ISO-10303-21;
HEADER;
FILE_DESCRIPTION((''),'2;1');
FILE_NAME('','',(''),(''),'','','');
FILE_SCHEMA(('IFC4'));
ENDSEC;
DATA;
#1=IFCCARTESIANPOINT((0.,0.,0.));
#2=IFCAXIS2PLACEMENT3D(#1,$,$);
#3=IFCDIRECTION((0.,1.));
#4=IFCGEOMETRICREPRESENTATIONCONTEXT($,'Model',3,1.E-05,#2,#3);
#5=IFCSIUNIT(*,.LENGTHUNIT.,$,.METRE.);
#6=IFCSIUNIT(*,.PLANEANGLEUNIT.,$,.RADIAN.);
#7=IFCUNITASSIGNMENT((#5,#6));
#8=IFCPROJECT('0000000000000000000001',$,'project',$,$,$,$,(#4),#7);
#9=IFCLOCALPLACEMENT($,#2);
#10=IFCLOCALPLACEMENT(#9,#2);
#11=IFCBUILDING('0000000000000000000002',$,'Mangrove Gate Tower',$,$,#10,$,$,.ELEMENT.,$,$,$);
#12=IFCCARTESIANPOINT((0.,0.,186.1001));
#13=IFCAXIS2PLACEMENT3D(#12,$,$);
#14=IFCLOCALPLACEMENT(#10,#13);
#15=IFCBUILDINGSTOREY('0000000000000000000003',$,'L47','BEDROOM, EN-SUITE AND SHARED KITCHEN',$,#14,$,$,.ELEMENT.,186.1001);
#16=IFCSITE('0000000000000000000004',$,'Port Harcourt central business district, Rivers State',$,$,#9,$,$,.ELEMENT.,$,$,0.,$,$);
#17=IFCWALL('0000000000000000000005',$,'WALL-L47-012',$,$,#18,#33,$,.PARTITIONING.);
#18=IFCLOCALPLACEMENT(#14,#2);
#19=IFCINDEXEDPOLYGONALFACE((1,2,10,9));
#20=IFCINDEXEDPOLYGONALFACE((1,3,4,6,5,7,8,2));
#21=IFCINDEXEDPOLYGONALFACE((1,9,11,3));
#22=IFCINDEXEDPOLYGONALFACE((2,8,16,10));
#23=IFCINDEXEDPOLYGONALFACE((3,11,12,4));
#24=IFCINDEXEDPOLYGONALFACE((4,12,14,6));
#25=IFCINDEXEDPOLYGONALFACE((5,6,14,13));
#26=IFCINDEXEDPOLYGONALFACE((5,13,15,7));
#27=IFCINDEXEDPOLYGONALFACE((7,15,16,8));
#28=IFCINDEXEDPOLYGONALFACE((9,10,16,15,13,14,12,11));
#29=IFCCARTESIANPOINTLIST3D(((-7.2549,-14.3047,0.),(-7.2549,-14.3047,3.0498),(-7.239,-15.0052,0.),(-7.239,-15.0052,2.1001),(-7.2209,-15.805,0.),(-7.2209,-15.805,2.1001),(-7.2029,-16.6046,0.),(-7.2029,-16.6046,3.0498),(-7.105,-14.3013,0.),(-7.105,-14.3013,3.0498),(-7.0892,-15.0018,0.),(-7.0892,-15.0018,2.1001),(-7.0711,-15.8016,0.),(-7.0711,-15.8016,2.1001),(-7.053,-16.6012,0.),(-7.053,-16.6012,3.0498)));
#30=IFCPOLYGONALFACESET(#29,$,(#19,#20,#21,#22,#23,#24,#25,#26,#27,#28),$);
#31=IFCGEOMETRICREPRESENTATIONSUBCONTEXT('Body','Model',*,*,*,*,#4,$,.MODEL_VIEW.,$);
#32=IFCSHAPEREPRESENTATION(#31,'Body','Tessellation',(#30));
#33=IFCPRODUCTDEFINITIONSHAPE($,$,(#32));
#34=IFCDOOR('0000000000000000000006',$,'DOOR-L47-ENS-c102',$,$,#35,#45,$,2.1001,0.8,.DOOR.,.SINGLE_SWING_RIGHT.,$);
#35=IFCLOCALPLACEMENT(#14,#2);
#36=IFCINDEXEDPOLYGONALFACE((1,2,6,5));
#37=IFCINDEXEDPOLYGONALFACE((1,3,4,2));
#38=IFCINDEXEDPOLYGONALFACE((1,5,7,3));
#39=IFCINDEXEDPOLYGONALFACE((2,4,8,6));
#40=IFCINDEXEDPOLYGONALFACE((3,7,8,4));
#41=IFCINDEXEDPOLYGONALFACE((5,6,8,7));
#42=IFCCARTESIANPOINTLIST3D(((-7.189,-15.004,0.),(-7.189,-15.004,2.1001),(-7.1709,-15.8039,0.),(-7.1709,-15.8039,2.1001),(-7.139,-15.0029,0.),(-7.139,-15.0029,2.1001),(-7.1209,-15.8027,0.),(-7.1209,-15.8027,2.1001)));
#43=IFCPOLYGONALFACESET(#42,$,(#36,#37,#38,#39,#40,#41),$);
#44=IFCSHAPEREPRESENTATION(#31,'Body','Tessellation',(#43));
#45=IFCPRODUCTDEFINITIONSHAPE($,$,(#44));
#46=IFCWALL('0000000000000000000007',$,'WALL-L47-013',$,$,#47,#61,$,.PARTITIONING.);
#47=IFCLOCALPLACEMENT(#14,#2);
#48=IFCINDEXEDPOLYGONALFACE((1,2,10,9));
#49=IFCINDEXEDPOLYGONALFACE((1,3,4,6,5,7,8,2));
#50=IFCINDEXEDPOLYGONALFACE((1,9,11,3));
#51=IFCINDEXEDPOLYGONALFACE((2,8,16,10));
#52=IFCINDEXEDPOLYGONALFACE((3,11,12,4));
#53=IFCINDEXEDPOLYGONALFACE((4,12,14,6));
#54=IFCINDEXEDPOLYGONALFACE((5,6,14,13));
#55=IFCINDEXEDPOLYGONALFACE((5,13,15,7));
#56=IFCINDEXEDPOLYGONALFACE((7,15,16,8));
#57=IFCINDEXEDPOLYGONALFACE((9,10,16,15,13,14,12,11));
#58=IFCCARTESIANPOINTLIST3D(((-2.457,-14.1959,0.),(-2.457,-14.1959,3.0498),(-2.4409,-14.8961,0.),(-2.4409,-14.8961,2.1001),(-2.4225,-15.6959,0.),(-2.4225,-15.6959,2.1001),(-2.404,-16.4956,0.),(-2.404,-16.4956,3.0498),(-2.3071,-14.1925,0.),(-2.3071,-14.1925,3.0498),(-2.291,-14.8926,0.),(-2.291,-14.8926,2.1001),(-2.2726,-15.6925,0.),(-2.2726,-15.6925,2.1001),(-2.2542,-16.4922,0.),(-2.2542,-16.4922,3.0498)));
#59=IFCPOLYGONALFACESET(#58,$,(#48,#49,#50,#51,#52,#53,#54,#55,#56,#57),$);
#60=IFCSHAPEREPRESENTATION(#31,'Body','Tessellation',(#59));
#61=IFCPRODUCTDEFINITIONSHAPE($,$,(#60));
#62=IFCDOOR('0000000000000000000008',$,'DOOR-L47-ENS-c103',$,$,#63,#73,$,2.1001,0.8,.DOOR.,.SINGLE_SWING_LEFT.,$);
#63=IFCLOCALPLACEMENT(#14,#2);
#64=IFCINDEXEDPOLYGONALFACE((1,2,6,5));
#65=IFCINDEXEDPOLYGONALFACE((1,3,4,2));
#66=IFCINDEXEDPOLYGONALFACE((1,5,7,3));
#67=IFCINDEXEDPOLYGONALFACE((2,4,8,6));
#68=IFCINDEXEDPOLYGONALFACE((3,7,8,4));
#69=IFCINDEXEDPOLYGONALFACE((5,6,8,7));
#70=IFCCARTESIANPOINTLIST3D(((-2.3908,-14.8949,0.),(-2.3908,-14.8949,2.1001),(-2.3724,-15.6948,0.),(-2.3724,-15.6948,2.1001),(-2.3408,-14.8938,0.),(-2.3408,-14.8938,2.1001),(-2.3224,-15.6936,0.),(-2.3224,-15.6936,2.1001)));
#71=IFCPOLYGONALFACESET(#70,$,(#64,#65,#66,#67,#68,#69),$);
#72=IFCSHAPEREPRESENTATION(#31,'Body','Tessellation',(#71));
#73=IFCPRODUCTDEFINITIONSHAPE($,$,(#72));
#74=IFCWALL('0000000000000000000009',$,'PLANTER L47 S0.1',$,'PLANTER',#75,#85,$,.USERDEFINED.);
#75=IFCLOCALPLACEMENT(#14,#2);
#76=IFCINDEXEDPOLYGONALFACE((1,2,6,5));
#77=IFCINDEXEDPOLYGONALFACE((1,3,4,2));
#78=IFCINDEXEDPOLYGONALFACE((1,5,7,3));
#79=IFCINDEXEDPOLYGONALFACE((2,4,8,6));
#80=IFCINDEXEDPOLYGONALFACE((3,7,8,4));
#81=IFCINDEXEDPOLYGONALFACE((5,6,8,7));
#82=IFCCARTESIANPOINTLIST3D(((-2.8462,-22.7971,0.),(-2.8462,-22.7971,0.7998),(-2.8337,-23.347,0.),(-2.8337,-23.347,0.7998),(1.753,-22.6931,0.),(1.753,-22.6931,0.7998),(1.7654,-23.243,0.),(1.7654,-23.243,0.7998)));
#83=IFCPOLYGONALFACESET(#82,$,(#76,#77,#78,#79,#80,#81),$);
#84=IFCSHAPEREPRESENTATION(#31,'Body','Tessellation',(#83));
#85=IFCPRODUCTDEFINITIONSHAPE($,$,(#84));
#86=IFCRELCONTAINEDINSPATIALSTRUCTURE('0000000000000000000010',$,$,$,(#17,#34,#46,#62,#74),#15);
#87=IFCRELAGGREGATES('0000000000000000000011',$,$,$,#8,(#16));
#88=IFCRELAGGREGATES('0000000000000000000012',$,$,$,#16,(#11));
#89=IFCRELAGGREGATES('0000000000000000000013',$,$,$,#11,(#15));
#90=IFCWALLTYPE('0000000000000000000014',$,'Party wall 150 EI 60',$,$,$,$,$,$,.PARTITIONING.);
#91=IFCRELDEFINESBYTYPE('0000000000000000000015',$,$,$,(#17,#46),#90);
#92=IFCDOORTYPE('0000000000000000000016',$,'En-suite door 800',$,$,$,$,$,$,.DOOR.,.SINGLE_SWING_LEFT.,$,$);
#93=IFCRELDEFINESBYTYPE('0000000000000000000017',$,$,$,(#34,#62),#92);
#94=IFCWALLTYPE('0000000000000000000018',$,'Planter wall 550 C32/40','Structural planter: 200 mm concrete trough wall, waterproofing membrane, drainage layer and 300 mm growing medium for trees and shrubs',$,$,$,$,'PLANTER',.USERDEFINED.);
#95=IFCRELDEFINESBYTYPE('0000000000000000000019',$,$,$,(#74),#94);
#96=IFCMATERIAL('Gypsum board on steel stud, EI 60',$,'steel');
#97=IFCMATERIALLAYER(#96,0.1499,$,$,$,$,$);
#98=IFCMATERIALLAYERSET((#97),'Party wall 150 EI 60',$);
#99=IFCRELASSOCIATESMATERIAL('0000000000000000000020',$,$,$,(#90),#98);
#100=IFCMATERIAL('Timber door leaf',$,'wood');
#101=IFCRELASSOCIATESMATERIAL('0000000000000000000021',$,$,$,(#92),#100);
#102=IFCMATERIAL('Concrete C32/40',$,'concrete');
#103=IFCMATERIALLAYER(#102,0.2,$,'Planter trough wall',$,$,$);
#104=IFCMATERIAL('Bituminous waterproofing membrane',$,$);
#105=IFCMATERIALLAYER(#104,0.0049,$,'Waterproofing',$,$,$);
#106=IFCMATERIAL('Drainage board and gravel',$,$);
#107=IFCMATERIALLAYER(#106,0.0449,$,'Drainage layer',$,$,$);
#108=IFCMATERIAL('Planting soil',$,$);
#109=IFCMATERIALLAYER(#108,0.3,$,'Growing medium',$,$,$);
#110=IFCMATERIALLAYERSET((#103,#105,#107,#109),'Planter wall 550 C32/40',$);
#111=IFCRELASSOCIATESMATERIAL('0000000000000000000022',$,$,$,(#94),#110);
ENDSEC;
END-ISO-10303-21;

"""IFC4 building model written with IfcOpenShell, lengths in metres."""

from ifc_helpers import new_model, si_unit, direction, frame, frame_2d, origin, place, context, subcontext, project, spatial, rectangle, extrude, material, layer, layer_set, type_object, element, fill, save


model = new_model("IFC4")

# Units and contexts
model_context = context("Model", 3, precision=1e-05, world=origin(), true_north=direction((0.0, 1.0)))
body_context = subcontext(model_context, "Body", "Model", "MODEL_VIEW")
ifc_project = project(units=[si_unit("LENGTHUNIT", "METRE"), si_unit("PLANEANGLEUNIT", "RADIAN")], contexts=[model_context])

# Site, building, storey
site_placement = place(None, origin())
site = spatial("IfcSite", under=ifc_project, at=site_placement, Name="Port Harcourt central business district, Rivers State", CompositionType="ELEMENT", RefElevation=0.0)
building_placement = place(site_placement, origin())
building = spatial("IfcBuilding", under=site, at=building_placement, Name="Mangrove Gate Tower", CompositionType="ELEMENT")
storey_placement = place(building_placement, frame((0.0, 0.0, 186.1001)))
storey = spatial("IfcBuildingStorey", under=building, at=storey_placement, Name="L47", Description="BEDROOM, EN-SUITE AND SHARED KITCHEN", CompositionType="ELEMENT", Elevation=186.1001)

# Shared definitions
ifc_material_1 = material(Name="Gypsum board on steel stud, EI 60", Category="steel")
ifc_layer_1 = layer(ifc_material_1, 0.1499)
ifc_layer_set_1 = layer_set([ifc_layer_1], Name="Party wall 150 EI 60")
wall_type_1 = type_object("IfcWallType", Name="Party wall 150 EI 60", PredefinedType="PARTITIONING", material=ifc_layer_set_1)

# Shared definitions
ifc_material_2 = material(Name="Timber door leaf", Category="wood")
door_type = type_object("IfcDoorType", Name="En-suite door 800", OperationType="SINGLE_SWING_LEFT", PredefinedType="DOOR", material=ifc_material_2)

# Walls, openings, doors
wall_1_placement = place(storey_placement, frame((-7.1279, -16.603, 0.0), z_axis=(0.0, 0.0, 1.0), x_axis=(-0.022603, 0.999745, 0.0)))
wall_1 = element("IfcWall", 1, at=wall_1_placement, inside=storey, type_object=wall_type_1, Name="WALL-L47-012", PredefinedType="PARTITIONING", context=body_context, shape_type="SweptSolid", body=[
    extrude(rectangle(XDim=2.3005, YDim=0.1499, at=frame_2d((1.1504, 0.0))), origin(), (0.0, 0.0, 1.0), 3.0498),
])
opening_1_placement = place(wall_1_placement, frame((0.8, 0.0, 0.0)))
opening_1 = element("IfcOpeningElement", 2, at=opening_1_placement, cuts=wall_1, PredefinedType="OPENING", context=body_context, shape_type="SweptSolid", body=[
    extrude(rectangle(XDim=0.8, YDim=2.1001, at=frame_2d((0.3999, 1.05))), frame((0.0, 0.085, 0.0), z_axis=(0.0, -1.0, 0.0), x_axis=(1.0, 0.0, 0.0)), (0.0, 0.0, 1.0), 0.1699),
])
door_1_placement = place(opening_1_placement, origin())
door_1 = element("IfcDoor", 3, at=door_1_placement, inside=storey, type_object=door_type, Name="DOOR-L47-ENS-c102", OperationType="SINGLE_SWING_RIGHT", OverallHeight=2.1001, OverallWidth=0.8, PredefinedType="DOOR", context=body_context, shape_type="SweptSolid", body=[
    extrude(rectangle(XDim=0.8, YDim=2.1001, at=frame_2d((0.3999, 1.05))), frame((0.0, 0.0249, 0.0), z_axis=(0.0, -1.0, 0.0), x_axis=(1.0, 0.0, 0.0)), (0.0, 0.0, 1.0), 0.05),
])
fill(opening_1, door_1)
wall_2_placement = place(storey_placement, frame((-2.3291, -16.4939, 0.0), z_axis=(0.0, 0.0, 1.0), x_axis=(-0.02303, 0.999735, 0.0)))
wall_2 = element("IfcWall", 4, at=wall_2_placement, inside=storey, type_object=wall_type_1, Name="WALL-L47-013", PredefinedType="PARTITIONING", context=body_context, shape_type="SweptSolid", body=[
    extrude(rectangle(XDim=2.3003, YDim=0.1499, at=frame_2d((1.1501, 0.0))), origin(), (0.0, 0.0, 1.0), 3.0498),
])
opening_2_placement = place(wall_2_placement, frame((0.8, 0.0, 0.0)))
opening_2 = element("IfcOpeningElement", 5, at=opening_2_placement, cuts=wall_2, PredefinedType="OPENING", context=body_context, shape_type="SweptSolid", body=[
    extrude(rectangle(XDim=0.8, YDim=2.1001, at=frame_2d((0.3999, 1.05))), frame((0.0, 0.085, 0.0), z_axis=(0.0, -1.0, 0.0), x_axis=(1.0, 0.0, 0.0)), (0.0, 0.0, 1.0), 0.1699),
])
door_2_placement = place(opening_2_placement, origin())
door_2 = element("IfcDoor", 6, at=door_2_placement, inside=storey, type_object=door_type, Name="DOOR-L47-ENS-c103", OperationType="SINGLE_SWING_LEFT", OverallHeight=2.1001, OverallWidth=0.8, PredefinedType="DOOR", context=body_context, shape_type="SweptSolid", body=[
    extrude(rectangle(XDim=0.8, YDim=2.1001, at=frame_2d((0.3999, 1.05))), frame((0.0, 0.0249, 0.0), z_axis=(0.0, -1.0, 0.0), x_axis=(1.0, 0.0, 0.0)), (0.0, 0.0, 1.0), 0.05),
])
fill(opening_2, door_2)

# Wall
ifc_material_3 = material(Name="Concrete C32/40", Category="concrete")
ifc_layer_2 = layer(ifc_material_3, 0.2, Name="Planter trough wall")
ifc_material_4 = material(Name="Bituminous waterproofing membrane")
ifc_layer_3 = layer(ifc_material_4, 0.0049, Name="Waterproofing")
ifc_material_5 = material(Name="Drainage board and gravel")
ifc_layer_4 = layer(ifc_material_5, 0.0449, Name="Drainage layer")
ifc_material_6 = material(Name="Planting soil")
ifc_layer_5 = layer(ifc_material_6, 0.3, Name="Growing medium")
ifc_layer_set_2 = layer_set([ifc_layer_2, ifc_layer_3, ifc_layer_4, ifc_layer_5], Name="Planter wall 550 C32/40")
wall_type_2 = type_object("IfcWallType", Name="Planter wall 550 C32/40", Description="Structural planter: 200 mm concrete trough wall, waterproofing membrane, drainage layer and 300 mm growing medium for trees and shrubs", ElementType="PLANTER", PredefinedType="USERDEFINED", material=ifc_layer_set_2)
wall_3_placement = place(storey_placement, frame((-2.8401, -23.072, 0.0), z_axis=(0.0, 0.0, 1.0), x_axis=(0.999744, 0.022608, 0.0)))
element("IfcWall", 7, at=wall_3_placement, inside=storey, type_object=wall_type_2, Name="PLANTER L47 S0.1", ObjectType="PLANTER", PredefinedType="USERDEFINED", context=body_context, shape_type="SweptSolid", body=[
    extrude(rectangle(XDim=4.6003, YDim=0.55, at=frame_2d((2.3003, 0.0))), origin(), (0.0, 0.0, 1.0), 0.7998),
])

save(model, "model.ifc")
